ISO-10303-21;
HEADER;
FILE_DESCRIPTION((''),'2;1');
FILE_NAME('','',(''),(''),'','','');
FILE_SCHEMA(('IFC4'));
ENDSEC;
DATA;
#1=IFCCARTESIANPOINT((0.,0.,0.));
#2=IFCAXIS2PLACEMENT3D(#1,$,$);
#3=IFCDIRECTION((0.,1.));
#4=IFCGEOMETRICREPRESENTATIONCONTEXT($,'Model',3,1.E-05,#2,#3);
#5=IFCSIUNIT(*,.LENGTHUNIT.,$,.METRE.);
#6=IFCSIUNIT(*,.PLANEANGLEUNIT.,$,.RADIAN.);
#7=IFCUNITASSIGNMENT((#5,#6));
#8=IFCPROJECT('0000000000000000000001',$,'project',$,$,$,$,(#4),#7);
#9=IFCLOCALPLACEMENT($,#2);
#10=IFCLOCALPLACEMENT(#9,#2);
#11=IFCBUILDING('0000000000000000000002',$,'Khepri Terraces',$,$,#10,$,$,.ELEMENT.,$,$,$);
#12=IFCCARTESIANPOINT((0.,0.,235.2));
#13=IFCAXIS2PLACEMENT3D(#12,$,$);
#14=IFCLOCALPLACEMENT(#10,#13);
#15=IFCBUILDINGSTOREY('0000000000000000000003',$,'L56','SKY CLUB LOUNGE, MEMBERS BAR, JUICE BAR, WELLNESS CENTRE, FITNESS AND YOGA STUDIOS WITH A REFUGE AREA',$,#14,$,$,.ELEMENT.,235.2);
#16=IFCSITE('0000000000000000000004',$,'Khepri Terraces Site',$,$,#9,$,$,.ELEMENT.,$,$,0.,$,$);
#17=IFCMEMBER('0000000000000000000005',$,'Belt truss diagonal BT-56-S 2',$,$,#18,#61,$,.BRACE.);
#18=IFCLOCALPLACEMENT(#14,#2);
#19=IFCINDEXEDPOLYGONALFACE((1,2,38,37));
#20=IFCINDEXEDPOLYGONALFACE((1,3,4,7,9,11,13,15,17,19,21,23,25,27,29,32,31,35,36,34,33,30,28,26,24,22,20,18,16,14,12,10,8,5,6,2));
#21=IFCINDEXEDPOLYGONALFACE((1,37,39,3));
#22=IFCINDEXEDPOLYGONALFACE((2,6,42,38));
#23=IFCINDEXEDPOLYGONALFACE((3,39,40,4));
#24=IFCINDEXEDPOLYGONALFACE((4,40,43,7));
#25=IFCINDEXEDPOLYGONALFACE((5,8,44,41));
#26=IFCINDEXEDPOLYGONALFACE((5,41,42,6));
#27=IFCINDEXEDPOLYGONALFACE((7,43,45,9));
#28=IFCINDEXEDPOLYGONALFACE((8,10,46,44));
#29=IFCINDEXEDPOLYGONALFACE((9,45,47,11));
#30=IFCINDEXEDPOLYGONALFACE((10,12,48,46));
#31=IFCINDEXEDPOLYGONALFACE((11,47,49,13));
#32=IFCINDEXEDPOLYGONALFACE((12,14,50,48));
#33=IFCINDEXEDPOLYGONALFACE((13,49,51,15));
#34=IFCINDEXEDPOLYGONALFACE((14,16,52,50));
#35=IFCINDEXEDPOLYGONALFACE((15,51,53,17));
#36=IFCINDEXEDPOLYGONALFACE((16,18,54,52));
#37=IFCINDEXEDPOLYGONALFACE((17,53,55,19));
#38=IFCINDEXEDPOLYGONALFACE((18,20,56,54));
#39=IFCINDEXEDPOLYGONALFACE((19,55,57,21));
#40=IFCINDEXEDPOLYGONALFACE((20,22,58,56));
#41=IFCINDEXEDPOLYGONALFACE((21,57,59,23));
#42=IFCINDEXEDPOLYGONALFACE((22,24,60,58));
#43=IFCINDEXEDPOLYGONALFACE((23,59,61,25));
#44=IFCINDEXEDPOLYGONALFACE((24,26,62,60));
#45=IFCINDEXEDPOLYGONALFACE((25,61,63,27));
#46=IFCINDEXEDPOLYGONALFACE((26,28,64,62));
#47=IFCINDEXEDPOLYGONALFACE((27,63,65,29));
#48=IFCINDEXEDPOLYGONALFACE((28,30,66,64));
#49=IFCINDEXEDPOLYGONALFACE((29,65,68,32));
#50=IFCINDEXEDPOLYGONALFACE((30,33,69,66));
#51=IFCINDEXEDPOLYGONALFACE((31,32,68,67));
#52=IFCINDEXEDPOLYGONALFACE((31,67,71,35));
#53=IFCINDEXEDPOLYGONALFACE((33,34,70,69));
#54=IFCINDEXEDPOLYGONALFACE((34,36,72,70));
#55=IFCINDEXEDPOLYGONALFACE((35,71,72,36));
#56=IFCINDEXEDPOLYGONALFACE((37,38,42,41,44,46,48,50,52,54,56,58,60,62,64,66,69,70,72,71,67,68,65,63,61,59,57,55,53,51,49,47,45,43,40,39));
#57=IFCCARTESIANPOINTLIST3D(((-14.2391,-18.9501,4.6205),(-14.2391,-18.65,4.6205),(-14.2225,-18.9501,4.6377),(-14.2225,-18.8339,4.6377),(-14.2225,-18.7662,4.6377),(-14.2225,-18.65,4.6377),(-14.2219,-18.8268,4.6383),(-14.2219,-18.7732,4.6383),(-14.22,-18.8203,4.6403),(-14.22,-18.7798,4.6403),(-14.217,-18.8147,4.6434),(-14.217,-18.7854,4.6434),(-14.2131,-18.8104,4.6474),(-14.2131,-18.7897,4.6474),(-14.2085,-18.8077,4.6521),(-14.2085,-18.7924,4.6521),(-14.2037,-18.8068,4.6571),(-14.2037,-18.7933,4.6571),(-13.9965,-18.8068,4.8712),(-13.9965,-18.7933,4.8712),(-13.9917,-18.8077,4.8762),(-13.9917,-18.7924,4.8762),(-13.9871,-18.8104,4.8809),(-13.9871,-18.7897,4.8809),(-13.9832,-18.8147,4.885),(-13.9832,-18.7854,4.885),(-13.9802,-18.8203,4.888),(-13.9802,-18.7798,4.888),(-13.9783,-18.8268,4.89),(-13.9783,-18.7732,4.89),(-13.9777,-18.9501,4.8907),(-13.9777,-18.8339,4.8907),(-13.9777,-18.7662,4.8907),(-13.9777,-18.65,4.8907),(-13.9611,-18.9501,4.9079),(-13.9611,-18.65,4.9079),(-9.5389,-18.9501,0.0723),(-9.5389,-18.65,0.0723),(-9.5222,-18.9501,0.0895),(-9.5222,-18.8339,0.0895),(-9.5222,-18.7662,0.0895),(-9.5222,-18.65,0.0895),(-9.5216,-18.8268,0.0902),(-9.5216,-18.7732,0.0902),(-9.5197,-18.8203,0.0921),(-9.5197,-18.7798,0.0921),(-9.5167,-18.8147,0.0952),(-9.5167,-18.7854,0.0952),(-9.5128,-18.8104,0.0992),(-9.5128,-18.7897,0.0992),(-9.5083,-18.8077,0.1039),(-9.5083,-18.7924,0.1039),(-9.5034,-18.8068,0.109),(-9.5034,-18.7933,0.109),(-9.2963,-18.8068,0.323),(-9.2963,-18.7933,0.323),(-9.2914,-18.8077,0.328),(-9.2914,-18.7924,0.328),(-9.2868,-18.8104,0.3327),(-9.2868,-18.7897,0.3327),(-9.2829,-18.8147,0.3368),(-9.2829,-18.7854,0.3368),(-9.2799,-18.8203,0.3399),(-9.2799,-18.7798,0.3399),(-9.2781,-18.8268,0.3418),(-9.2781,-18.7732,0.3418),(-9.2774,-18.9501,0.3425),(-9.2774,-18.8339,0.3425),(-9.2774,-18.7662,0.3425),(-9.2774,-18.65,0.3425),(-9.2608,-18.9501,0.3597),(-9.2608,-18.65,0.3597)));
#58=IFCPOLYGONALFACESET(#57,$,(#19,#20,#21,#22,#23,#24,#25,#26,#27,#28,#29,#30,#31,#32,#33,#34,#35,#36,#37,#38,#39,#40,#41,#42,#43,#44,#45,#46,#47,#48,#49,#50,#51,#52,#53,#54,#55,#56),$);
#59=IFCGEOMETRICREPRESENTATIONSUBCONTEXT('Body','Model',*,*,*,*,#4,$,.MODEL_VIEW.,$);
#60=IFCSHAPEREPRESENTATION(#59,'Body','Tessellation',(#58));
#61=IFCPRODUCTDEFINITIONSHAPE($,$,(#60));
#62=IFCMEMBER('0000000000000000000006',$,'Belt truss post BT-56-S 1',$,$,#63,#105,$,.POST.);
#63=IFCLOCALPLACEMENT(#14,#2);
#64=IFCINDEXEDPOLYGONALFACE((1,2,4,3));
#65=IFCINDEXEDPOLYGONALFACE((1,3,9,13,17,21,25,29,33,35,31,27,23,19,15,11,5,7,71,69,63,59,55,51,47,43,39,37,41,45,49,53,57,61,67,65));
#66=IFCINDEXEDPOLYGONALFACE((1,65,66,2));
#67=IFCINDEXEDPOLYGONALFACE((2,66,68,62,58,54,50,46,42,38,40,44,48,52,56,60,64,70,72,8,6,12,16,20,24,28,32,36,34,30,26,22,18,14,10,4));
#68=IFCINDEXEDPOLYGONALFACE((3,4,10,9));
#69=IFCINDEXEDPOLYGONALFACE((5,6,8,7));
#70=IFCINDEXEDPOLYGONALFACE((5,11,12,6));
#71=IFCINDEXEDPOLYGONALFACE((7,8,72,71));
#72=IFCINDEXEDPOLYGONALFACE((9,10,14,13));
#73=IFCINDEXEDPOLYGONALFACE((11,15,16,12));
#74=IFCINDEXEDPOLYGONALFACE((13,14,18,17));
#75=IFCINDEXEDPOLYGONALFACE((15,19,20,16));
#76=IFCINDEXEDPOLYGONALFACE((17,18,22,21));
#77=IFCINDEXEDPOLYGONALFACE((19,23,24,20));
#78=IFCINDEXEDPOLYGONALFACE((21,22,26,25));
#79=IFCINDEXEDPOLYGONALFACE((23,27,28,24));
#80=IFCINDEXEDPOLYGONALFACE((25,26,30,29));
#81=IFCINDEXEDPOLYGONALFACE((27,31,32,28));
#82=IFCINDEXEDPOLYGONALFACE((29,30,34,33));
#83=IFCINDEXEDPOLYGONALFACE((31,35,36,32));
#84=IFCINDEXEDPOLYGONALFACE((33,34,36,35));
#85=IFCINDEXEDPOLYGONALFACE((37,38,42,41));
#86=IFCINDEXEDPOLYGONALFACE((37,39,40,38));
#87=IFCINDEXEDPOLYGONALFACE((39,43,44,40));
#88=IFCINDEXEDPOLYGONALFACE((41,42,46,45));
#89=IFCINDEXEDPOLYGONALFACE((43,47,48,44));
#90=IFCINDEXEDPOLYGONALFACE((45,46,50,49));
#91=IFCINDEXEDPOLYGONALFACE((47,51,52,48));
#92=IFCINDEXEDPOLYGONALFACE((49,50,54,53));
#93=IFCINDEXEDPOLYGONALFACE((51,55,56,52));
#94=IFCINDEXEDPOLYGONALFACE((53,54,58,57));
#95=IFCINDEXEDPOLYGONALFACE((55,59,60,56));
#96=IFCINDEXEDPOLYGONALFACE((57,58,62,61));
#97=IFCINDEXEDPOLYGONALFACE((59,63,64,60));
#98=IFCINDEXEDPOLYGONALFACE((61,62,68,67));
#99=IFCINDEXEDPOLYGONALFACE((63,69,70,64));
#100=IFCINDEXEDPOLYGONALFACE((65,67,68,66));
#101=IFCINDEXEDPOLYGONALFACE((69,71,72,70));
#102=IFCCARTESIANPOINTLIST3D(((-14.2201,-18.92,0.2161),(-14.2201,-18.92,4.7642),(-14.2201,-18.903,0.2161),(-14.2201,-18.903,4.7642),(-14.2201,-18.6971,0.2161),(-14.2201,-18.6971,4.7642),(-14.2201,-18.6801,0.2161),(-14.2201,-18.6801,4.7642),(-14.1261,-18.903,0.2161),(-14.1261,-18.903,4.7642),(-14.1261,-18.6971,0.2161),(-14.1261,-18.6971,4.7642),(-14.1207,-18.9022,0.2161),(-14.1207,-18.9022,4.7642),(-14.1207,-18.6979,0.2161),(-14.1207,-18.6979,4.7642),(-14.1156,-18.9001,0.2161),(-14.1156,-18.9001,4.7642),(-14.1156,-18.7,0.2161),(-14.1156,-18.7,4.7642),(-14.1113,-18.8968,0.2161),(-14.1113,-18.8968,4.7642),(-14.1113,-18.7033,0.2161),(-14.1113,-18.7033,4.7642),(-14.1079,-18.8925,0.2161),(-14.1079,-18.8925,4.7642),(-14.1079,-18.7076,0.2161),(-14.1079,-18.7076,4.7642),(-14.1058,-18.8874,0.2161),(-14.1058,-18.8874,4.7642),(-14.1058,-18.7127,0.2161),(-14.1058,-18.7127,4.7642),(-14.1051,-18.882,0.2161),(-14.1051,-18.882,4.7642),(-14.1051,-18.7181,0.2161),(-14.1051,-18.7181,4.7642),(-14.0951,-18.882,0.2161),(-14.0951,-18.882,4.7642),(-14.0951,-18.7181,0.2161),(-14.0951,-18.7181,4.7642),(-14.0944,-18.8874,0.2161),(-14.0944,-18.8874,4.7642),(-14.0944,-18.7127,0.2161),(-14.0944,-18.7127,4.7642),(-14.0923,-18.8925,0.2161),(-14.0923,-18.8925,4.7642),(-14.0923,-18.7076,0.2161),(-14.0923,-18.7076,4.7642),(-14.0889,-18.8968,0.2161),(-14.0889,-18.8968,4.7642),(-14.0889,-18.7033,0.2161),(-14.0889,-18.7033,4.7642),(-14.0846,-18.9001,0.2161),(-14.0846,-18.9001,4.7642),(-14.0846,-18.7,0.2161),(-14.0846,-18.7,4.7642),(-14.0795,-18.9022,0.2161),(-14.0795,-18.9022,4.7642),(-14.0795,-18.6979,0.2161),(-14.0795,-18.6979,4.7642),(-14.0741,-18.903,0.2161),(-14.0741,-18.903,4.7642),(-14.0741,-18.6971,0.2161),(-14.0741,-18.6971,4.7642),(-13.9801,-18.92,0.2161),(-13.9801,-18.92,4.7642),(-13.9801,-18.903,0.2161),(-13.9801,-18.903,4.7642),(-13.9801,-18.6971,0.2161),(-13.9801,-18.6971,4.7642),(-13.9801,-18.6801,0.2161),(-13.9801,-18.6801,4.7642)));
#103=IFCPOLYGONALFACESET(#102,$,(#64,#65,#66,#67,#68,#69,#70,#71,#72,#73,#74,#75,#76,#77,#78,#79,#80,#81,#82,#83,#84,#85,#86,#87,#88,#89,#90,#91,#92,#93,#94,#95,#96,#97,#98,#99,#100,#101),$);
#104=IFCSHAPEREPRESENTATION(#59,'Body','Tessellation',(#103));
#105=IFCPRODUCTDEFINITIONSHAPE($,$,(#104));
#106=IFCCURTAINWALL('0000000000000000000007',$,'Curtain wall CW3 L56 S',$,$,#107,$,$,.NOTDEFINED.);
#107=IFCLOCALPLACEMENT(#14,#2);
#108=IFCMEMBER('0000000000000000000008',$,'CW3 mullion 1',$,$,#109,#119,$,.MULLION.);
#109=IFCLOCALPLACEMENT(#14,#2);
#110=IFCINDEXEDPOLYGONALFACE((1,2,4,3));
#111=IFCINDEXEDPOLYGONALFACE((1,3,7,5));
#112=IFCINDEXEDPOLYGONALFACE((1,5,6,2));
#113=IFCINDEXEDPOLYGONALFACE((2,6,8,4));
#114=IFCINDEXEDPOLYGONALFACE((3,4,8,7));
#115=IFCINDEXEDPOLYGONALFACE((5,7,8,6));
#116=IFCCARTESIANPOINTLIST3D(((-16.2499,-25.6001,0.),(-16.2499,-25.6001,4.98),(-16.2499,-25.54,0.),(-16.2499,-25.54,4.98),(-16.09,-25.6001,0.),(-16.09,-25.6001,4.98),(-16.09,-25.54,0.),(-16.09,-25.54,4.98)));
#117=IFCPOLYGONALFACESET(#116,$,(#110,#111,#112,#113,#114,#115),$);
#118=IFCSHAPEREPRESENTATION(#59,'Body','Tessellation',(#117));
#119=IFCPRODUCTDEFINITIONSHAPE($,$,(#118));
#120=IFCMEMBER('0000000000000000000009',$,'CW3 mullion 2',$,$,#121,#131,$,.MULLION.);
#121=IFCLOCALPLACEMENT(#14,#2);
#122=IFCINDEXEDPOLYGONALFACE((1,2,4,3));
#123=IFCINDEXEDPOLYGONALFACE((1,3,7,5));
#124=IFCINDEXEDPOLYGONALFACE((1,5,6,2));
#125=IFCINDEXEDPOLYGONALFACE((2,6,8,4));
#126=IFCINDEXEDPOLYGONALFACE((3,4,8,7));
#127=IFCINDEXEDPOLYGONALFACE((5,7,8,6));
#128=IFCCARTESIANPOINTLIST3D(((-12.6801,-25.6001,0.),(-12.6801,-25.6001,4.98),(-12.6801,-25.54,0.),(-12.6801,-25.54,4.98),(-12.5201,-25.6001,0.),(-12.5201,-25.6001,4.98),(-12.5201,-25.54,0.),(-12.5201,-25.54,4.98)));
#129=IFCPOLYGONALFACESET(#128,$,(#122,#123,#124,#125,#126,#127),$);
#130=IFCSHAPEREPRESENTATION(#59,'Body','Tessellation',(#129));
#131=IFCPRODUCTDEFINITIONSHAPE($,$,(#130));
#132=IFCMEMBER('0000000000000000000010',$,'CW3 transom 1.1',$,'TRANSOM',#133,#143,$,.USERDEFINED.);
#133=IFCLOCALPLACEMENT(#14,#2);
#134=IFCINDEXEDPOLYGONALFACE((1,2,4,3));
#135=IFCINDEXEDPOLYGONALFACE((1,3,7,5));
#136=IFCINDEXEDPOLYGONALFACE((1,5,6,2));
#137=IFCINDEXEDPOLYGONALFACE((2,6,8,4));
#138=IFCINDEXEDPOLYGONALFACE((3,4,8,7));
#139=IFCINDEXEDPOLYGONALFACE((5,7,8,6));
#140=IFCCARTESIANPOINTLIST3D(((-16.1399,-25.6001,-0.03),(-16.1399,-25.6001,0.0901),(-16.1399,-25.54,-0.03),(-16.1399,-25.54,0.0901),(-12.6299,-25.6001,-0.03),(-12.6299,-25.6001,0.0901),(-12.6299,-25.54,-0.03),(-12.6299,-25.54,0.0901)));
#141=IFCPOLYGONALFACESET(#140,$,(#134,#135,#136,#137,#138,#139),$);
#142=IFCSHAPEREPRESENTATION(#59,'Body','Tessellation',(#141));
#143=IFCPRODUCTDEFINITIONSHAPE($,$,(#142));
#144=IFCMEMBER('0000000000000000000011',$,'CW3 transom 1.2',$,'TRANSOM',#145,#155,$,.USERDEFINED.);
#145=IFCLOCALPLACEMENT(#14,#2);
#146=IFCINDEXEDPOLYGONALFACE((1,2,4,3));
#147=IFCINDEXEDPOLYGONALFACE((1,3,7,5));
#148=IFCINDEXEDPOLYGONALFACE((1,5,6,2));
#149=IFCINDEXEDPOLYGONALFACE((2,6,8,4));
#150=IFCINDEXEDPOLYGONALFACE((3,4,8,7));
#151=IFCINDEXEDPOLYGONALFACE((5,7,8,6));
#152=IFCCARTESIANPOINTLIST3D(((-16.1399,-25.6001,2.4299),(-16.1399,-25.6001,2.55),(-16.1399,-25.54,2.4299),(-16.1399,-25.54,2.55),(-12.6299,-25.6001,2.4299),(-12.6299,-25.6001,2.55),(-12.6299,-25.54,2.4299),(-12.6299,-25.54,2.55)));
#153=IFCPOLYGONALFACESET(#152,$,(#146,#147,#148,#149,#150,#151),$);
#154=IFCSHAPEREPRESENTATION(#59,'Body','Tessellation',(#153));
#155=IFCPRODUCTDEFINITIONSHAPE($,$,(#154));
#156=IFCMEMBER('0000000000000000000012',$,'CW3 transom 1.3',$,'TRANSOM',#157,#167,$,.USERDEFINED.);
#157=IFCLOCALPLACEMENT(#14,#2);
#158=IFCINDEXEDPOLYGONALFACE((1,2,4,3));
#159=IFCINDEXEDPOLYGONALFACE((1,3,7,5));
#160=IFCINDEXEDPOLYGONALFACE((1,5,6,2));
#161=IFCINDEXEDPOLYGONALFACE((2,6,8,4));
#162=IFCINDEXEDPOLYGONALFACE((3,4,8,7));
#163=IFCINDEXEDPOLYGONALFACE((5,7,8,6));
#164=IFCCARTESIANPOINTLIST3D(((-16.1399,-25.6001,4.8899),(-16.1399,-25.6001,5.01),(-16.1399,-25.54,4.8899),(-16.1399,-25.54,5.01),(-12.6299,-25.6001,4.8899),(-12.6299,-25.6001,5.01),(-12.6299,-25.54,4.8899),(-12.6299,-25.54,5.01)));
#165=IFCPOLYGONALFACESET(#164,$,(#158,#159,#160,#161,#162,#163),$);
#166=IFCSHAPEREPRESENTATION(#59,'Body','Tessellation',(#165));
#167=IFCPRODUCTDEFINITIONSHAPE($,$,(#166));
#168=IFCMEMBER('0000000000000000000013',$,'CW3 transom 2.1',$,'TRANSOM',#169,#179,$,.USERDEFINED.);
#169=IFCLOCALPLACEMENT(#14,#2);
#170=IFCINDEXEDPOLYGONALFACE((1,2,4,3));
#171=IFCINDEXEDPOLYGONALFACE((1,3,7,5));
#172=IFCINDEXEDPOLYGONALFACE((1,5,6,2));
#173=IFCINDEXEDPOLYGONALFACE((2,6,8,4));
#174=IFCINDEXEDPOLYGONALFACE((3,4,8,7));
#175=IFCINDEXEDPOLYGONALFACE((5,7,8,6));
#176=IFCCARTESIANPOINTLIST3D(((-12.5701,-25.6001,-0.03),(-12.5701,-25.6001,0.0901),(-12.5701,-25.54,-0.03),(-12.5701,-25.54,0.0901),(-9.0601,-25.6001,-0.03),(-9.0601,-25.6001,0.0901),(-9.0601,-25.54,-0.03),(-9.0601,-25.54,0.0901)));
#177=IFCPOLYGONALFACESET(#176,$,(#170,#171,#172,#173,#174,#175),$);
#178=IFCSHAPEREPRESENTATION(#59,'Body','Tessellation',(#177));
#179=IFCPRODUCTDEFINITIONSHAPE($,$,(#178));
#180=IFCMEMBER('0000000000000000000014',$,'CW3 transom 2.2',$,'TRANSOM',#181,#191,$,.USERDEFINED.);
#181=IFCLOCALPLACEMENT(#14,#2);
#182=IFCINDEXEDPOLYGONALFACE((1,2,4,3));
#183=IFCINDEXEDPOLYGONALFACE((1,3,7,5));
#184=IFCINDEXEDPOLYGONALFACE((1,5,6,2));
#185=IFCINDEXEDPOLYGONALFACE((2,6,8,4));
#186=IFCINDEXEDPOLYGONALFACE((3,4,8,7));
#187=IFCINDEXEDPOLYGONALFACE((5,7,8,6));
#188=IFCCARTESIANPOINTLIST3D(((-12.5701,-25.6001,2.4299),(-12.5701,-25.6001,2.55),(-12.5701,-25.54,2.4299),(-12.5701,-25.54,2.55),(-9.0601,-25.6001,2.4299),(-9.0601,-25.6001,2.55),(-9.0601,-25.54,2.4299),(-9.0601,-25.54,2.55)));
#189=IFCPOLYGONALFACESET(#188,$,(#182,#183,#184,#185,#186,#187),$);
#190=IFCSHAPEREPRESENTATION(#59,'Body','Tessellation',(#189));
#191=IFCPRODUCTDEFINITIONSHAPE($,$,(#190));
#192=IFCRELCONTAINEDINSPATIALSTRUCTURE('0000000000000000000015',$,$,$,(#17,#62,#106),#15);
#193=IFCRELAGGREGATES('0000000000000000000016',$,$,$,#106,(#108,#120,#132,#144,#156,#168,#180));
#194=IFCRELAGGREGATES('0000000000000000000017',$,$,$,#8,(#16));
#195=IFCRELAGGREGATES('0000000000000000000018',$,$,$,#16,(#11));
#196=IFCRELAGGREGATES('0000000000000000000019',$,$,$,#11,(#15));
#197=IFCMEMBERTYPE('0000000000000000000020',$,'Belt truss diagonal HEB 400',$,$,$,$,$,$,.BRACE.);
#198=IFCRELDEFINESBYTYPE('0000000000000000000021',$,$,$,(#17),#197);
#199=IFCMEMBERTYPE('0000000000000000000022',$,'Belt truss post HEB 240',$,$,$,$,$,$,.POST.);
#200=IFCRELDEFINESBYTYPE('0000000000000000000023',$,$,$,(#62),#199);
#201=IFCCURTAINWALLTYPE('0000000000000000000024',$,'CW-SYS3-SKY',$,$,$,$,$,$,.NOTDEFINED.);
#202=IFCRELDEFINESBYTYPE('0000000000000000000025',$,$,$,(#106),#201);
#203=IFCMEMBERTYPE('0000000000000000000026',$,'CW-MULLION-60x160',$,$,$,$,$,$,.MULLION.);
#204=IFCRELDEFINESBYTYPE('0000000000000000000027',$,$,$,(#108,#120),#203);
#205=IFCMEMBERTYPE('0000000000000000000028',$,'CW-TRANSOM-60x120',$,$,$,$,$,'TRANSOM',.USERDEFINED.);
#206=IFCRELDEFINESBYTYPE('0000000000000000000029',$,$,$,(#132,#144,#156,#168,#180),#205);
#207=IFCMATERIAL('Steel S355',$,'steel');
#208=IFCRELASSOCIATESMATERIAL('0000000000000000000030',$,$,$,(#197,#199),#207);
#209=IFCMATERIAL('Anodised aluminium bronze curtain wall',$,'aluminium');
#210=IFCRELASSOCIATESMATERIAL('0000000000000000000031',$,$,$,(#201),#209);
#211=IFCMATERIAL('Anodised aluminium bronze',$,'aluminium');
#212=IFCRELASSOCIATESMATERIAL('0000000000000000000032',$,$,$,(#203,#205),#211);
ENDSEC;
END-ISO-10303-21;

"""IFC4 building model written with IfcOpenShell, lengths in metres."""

from ifc_helpers import new_model, si_unit, direction, frame, origin, origin_2d, place, context, subcontext, project, spatial, rectangle, i_section, extrude, material, material_profile, profile_set, type_object, element, aggregate, save


model = new_model("IFC4")

# Units and contexts
model_context = context("Model", 3, precision=1e-05, world=origin(), true_north=direction((0.0, 1.0)))
body_context = subcontext(model_context, "Body", "Model", "MODEL_VIEW")
ifc_project = project(units=[si_unit("LENGTHUNIT", "METRE"), si_unit("PLANEANGLEUNIT", "RADIAN")], contexts=[model_context])

# Site, building, storey
site_placement = place(None, origin())
site = spatial("IfcSite", under=ifc_project, at=site_placement, Name="Khepri Terraces Site", CompositionType="ELEMENT", RefElevation=0.0)
building_placement = place(site_placement, origin())
building = spatial("IfcBuilding", under=site, at=building_placement, Name="Khepri Terraces", CompositionType="ELEMENT")
storey_placement = place(building_placement, frame((0.0, 0.0, 235.2)))
storey = spatial("IfcBuildingStorey", under=building, at=storey_placement, Name="L56", Description="SKY CLUB LOUNGE, MEMBERS BAR, JUICE BAR, WELLNESS CENTRE, FITNESS AND YOGA STUDIOS WITH A REFUGE AREA", CompositionType="ELEMENT", Elevation=235.2)

# Members
ifc_material_1 = material(Name="Steel S355", Category="steel")
ifc_material_profile_1 = material_profile(ifc_material_1, i_section(OverallWidth=0.3, OverallDepth=0.3999, WebThickness=0.0134, FlangeThickness=0.0239, FilletRadius=0.0271, at=origin_2d()), Name="Steel S355", Category="steel")
ifc_profile_set_1 = profile_set([ifc_material_profile_1], Name="Steel S355")
member_type_1 = type_object("IfcMemberType", Name="Belt truss diagonal HEB 400", PredefinedType="BRACE", material=ifc_profile_set_1)
member_1_placement = place(storey_placement, frame((-14.1001, -18.8, 4.7642), z_axis=(0.718639, 0.0, -0.695383), x_axis=(0.0, 1.0, 0.0)))
element("IfcMember", 1, at=member_1_placement, inside=storey, type_object=member_type_1, Name="Belt truss diagonal BT-56-S 2", PredefinedType="BRACE", context=body_context, shape_type="SweptSolid", body=[
    extrude(i_section(OverallWidth=0.3, OverallDepth=0.3999, WebThickness=0.0134, FlangeThickness=0.0239, FilletRadius=0.0271, at=origin_2d()), origin(), (0.0, 0.0, 1.0), 6.5405),
])
ifc_material_profile_2 = material_profile(ifc_material_1, i_section(OverallWidth=0.24, OverallDepth=0.24, WebThickness=0.01, FlangeThickness=0.0171, FilletRadius=0.021, at=origin_2d()), Name="Steel S355", Category="steel")
ifc_profile_set_2 = profile_set([ifc_material_profile_2], Name="Steel S355")
member_type_2 = type_object("IfcMemberType", Name="Belt truss post HEB 240", PredefinedType="POST", material=ifc_profile_set_2)
member_2_placement = place(storey_placement, frame((-14.1001, -18.8, 0.2161), z_axis=(0.0, 0.0, 1.0), x_axis=(1.0, 0.0, 0.0)))
element("IfcMember", 2, at=member_2_placement, inside=storey, type_object=member_type_2, Name="Belt truss post BT-56-S 1", PredefinedType="POST", context=body_context, shape_type="SweptSolid", body=[
    extrude(i_section(OverallWidth=0.24, OverallDepth=0.24, WebThickness=0.01, FlangeThickness=0.0171, FilletRadius=0.021, at=origin_2d()), origin(), (0.0, 0.0, 1.0), 4.5481),
])

# Curtain wall, members
ifc_material_2 = material(Name="Anodised aluminium bronze curtain wall", Category="aluminium")
curtain_wall_type = type_object("IfcCurtainWallType", Name="CW-SYS3-SKY", PredefinedType="NOTDEFINED", material=ifc_material_2)
curtain_wall_placement = place(storey_placement, origin())
curtain_wall = element("IfcCurtainWall", 3, at=curtain_wall_placement, inside=storey, type_object=curtain_wall_type, Name="Curtain wall CW3 L56 S", PredefinedType="NOTDEFINED")
ifc_material_3 = material(Name="Anodised aluminium bronze", Category="aluminium")
ifc_material_profile_3 = material_profile(ifc_material_3, rectangle(XDim=0.0601, YDim=0.1599, at=origin_2d()), Name="Anodised aluminium bronze", Category="aluminium")
ifc_profile_set_3 = profile_set([ifc_material_profile_3], Name="Anodised aluminium bronze")
member_type_3 = type_object("IfcMemberType", Name="CW-MULLION-60x160", PredefinedType="MULLION", material=ifc_profile_set_3)
member_3_placement = place(storey_placement, frame((-16.1699, -25.5701, 0.0), z_axis=(0.0, 0.0, 1.0), x_axis=(0.0, 1.0, 0.0)))
member_3 = element("IfcMember", 4, at=member_3_placement, type_object=member_type_3, Name="CW3 mullion 1", PredefinedType="MULLION", context=body_context, shape_type="SweptSolid", body=[
    extrude(rectangle(XDim=0.0601, YDim=0.1599, at=origin_2d()), origin(), (0.0, 0.0, 1.0), 4.98),
])
member_4_placement = place(storey_placement, frame((-12.6001, -25.5701, 0.0), z_axis=(0.0, 0.0, 1.0), x_axis=(0.0, 1.0, 0.0)))
member_4 = element("IfcMember", 5, at=member_4_placement, type_object=member_type_3, Name="CW3 mullion 2", PredefinedType="MULLION", context=body_context, shape_type="SweptSolid", body=[
    extrude(rectangle(XDim=0.0601, YDim=0.1599, at=origin_2d()), origin(), (0.0, 0.0, 1.0), 4.98),
])
ifc_material_profile_4 = material_profile(ifc_material_3, rectangle(XDim=0.0601, YDim=0.1201, at=origin_2d()), Name="Anodised aluminium bronze", Category="aluminium")
ifc_profile_set_4 = profile_set([ifc_material_profile_4], Name="Anodised aluminium bronze")
member_type_4 = type_object("IfcMemberType", Name="CW-TRANSOM-60x120", ElementType="TRANSOM", PredefinedType="USERDEFINED", material=ifc_profile_set_4)
member_5_placement = place(storey_placement, frame((-16.1399, -25.5701, 0.03), z_axis=(1.0, 0.0, 0.0), x_axis=(0.0, 1.0, 0.0)))
member_5 = element("IfcMember", 6, at=member_5_placement, type_object=member_type_4, Name="CW3 transom 1.1", ObjectType="TRANSOM", PredefinedType="USERDEFINED", context=body_context, shape_type="SweptSolid", body=[
    extrude(rectangle(XDim=0.0601, YDim=0.1201, at=origin_2d()), origin(), (0.0, 0.0, 1.0), 3.51),
])
member_6_placement = place(storey_placement, frame((-16.1399, -25.5701, 2.49), z_axis=(1.0, 0.0, 0.0), x_axis=(0.0, 1.0, 0.0)))
member_6 = element("IfcMember", 7, at=member_6_placement, type_object=member_type_4, Name="CW3 transom 1.2", ObjectType="TRANSOM", PredefinedType="USERDEFINED", context=body_context, shape_type="SweptSolid", body=[
    extrude(rectangle(XDim=0.0601, YDim=0.1201, at=origin_2d()), origin(), (0.0, 0.0, 1.0), 3.51),
])
member_7_placement = place(storey_placement, frame((-16.1399, -25.5701, 4.95), z_axis=(1.0, 0.0, 0.0), x_axis=(0.0, 1.0, 0.0)))
member_7 = element("IfcMember", 8, at=member_7_placement, type_object=member_type_4, Name="CW3 transom 1.3", ObjectType="TRANSOM", PredefinedType="USERDEFINED", context=body_context, shape_type="SweptSolid", body=[
    extrude(rectangle(XDim=0.0601, YDim=0.1201, at=origin_2d()), origin(), (0.0, 0.0, 1.0), 3.51),
])
member_8_placement = place(storey_placement, frame((-12.5701, -25.5701, 0.03), z_axis=(1.0, 0.0, 0.0), x_axis=(0.0, 1.0, 0.0)))
member_8 = element("IfcMember", 9, at=member_8_placement, type_object=member_type_4, Name="CW3 transom 2.1", ObjectType="TRANSOM", PredefinedType="USERDEFINED", context=body_context, shape_type="SweptSolid", body=[
    extrude(rectangle(XDim=0.0601, YDim=0.1201, at=origin_2d()), origin(), (0.0, 0.0, 1.0), 3.51),
])
member_9_placement = place(storey_placement, frame((-12.5701, -25.5701, 2.49), z_axis=(1.0, 0.0, 0.0), x_axis=(0.0, 1.0, 0.0)))
member_9 = element("IfcMember", 10, at=member_9_placement, type_object=member_type_4, Name="CW3 transom 2.2", ObjectType="TRANSOM", PredefinedType="USERDEFINED", context=body_context, shape_type="SweptSolid", body=[
    extrude(rectangle(XDim=0.0601, YDim=0.1201, at=origin_2d()), origin(), (0.0, 0.0, 1.0), 3.51),
])
aggregate(curtain_wall, [member_3, member_4, member_5, member_6, member_7, member_8, member_9])

save(model, "model.ifc")
